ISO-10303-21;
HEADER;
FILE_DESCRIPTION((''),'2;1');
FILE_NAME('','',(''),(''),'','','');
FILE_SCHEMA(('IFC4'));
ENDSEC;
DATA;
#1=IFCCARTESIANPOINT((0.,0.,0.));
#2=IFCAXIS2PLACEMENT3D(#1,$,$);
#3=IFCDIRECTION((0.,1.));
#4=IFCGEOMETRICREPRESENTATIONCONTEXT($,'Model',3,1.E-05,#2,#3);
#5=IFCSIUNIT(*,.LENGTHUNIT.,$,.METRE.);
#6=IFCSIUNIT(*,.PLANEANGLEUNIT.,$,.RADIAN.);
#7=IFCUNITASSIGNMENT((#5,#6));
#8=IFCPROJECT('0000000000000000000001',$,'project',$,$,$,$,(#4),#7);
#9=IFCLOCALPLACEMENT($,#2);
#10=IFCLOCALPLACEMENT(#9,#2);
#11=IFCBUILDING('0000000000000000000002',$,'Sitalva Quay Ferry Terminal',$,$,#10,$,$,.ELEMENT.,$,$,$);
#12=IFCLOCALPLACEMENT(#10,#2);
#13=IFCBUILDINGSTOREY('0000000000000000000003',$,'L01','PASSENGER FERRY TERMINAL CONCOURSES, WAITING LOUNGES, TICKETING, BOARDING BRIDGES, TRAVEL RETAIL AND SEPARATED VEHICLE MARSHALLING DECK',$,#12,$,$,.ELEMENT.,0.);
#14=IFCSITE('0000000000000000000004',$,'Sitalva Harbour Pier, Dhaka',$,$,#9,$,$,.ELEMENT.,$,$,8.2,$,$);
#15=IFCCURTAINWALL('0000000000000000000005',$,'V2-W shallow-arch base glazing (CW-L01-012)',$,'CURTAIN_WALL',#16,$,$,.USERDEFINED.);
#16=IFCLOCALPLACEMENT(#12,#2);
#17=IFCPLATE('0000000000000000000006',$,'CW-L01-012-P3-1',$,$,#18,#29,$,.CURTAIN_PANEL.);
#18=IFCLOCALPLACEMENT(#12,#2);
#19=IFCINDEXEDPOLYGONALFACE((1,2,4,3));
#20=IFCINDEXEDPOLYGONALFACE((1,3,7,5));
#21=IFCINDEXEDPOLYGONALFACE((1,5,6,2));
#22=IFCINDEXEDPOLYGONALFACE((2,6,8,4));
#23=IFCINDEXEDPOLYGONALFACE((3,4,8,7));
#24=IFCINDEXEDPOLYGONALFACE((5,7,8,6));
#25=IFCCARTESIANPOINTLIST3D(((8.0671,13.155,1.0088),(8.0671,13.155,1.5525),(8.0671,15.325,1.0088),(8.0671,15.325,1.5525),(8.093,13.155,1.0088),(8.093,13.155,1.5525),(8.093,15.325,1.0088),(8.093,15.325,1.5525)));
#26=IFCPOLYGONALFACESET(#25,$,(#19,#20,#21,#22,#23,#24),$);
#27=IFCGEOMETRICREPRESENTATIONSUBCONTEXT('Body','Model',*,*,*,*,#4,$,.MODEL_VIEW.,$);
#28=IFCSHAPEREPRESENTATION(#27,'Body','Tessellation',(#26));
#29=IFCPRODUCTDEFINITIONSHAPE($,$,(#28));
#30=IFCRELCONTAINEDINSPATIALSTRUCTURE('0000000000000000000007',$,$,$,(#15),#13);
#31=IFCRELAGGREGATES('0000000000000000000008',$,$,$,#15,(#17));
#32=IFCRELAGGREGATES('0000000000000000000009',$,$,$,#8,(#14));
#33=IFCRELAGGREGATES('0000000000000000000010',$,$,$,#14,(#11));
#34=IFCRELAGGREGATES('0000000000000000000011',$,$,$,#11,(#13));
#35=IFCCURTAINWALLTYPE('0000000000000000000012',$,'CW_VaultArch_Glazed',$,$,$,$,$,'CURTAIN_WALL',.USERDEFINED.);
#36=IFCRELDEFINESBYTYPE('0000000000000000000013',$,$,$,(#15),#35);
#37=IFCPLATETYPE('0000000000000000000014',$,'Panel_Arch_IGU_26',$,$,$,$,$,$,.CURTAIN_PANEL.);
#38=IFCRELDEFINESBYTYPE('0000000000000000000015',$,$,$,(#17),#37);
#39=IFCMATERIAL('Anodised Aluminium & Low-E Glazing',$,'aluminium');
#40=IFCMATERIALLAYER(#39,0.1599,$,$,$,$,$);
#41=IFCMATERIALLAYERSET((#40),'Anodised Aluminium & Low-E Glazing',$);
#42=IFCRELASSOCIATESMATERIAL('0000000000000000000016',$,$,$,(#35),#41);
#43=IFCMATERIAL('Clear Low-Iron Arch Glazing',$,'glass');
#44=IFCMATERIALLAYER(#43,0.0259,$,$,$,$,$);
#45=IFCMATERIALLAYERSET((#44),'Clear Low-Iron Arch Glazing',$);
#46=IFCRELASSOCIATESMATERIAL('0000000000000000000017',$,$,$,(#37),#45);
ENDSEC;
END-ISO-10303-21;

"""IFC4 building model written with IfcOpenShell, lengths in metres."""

from ifc_helpers import new_model, si_unit, direction, frame, origin, origin_2d, place, context, subcontext, project, spatial, rectangle, extrude, material, layer, layer_set, type_object, element, aggregate, save


model = new_model("IFC4")

# Units and contexts
model_context = context("Model", 3, precision=1e-05, world=origin(), true_north=direction((0.0, 1.0)))
body_context = subcontext(model_context, "Body", "Model", "MODEL_VIEW")
ifc_project = project(units=[si_unit("LENGTHUNIT", "METRE"), si_unit("PLANEANGLEUNIT", "RADIAN")], contexts=[model_context])

# Site, building, storey
site_placement = place(None, origin())
site = spatial("IfcSite", under=ifc_project, at=site_placement, Name="Sitalva Harbour Pier, Dhaka", CompositionType="ELEMENT", RefElevation=8.2)
building_placement = place(site_placement, origin())
building = spatial("IfcBuilding", under=site, at=building_placement, Name="Sitalva Quay Ferry Terminal", CompositionType="ELEMENT")
storey_placement = place(building_placement, origin())
storey = spatial("IfcBuildingStorey", under=building, at=storey_placement, Name="L01", Description="PASSENGER FERRY TERMINAL CONCOURSES, WAITING LOUNGES, TICKETING, BOARDING BRIDGES, TRAVEL RETAIL AND SEPARATED VEHICLE MARSHALLING DECK", CompositionType="ELEMENT", Elevation=0.0)

# Curtain wall
ifc_material_1 = material(Name="Anodised Aluminium & Low-E Glazing", Category="aluminium")
ifc_layer_1 = layer(ifc_material_1, 0.1599)
ifc_layer_set_1 = layer_set([ifc_layer_1], Name="Anodised Aluminium & Low-E Glazing")
curtain_wall_type_1 = type_object("IfcCurtainWallType", Name="CW_VaultArch_Glazed", ElementType="CURTAIN_WALL", PredefinedType="USERDEFINED", material=ifc_layer_set_1)
curtain_wall_1_placement = place(storey_placement, origin())
curtain_wall_1 = element("IfcCurtainWall", 1, at=curtain_wall_1_placement, inside=storey, type_object=curtain_wall_type_1, Name="V2-W shallow-arch base glazing (CW-L01-012)", ObjectType="CURTAIN_WALL", PredefinedType="USERDEFINED")

# Plate
ifc_material_2 = material(Name="Clear Low-Iron Arch Glazing", Category="glass")
ifc_layer_2 = layer(ifc_material_2, 0.0259)
ifc_layer_set_2 = layer_set([ifc_layer_2], Name="Clear Low-Iron Arch Glazing")
plate_type = type_object("IfcPlateType", Name="Panel_Arch_IGU_26", PredefinedType="CURTAIN_PANEL", material=ifc_layer_set_2)
plate_1_placement = place(storey_placement, frame((8.0801, 14.24, 1.0088), z_axis=(0.0, 0.0, 1.0), x_axis=(0.0, 1.0, 0.0)))
plate_1 = element("IfcPlate", 2, at=plate_1_placement, type_object=plate_type, Name="CW-L01-012-P3-1", PredefinedType="CURTAIN_PANEL", context=body_context, shape_type="SweptSolid", body=[
    extrude(rectangle(XDim=2.1699, YDim=0.0259, at=origin_2d()), origin(), (0.0, 0.0, 1.0), 0.5437),
])
aggregate(curtain_wall_1, [plate_1])

save(model, "model.ifc")
